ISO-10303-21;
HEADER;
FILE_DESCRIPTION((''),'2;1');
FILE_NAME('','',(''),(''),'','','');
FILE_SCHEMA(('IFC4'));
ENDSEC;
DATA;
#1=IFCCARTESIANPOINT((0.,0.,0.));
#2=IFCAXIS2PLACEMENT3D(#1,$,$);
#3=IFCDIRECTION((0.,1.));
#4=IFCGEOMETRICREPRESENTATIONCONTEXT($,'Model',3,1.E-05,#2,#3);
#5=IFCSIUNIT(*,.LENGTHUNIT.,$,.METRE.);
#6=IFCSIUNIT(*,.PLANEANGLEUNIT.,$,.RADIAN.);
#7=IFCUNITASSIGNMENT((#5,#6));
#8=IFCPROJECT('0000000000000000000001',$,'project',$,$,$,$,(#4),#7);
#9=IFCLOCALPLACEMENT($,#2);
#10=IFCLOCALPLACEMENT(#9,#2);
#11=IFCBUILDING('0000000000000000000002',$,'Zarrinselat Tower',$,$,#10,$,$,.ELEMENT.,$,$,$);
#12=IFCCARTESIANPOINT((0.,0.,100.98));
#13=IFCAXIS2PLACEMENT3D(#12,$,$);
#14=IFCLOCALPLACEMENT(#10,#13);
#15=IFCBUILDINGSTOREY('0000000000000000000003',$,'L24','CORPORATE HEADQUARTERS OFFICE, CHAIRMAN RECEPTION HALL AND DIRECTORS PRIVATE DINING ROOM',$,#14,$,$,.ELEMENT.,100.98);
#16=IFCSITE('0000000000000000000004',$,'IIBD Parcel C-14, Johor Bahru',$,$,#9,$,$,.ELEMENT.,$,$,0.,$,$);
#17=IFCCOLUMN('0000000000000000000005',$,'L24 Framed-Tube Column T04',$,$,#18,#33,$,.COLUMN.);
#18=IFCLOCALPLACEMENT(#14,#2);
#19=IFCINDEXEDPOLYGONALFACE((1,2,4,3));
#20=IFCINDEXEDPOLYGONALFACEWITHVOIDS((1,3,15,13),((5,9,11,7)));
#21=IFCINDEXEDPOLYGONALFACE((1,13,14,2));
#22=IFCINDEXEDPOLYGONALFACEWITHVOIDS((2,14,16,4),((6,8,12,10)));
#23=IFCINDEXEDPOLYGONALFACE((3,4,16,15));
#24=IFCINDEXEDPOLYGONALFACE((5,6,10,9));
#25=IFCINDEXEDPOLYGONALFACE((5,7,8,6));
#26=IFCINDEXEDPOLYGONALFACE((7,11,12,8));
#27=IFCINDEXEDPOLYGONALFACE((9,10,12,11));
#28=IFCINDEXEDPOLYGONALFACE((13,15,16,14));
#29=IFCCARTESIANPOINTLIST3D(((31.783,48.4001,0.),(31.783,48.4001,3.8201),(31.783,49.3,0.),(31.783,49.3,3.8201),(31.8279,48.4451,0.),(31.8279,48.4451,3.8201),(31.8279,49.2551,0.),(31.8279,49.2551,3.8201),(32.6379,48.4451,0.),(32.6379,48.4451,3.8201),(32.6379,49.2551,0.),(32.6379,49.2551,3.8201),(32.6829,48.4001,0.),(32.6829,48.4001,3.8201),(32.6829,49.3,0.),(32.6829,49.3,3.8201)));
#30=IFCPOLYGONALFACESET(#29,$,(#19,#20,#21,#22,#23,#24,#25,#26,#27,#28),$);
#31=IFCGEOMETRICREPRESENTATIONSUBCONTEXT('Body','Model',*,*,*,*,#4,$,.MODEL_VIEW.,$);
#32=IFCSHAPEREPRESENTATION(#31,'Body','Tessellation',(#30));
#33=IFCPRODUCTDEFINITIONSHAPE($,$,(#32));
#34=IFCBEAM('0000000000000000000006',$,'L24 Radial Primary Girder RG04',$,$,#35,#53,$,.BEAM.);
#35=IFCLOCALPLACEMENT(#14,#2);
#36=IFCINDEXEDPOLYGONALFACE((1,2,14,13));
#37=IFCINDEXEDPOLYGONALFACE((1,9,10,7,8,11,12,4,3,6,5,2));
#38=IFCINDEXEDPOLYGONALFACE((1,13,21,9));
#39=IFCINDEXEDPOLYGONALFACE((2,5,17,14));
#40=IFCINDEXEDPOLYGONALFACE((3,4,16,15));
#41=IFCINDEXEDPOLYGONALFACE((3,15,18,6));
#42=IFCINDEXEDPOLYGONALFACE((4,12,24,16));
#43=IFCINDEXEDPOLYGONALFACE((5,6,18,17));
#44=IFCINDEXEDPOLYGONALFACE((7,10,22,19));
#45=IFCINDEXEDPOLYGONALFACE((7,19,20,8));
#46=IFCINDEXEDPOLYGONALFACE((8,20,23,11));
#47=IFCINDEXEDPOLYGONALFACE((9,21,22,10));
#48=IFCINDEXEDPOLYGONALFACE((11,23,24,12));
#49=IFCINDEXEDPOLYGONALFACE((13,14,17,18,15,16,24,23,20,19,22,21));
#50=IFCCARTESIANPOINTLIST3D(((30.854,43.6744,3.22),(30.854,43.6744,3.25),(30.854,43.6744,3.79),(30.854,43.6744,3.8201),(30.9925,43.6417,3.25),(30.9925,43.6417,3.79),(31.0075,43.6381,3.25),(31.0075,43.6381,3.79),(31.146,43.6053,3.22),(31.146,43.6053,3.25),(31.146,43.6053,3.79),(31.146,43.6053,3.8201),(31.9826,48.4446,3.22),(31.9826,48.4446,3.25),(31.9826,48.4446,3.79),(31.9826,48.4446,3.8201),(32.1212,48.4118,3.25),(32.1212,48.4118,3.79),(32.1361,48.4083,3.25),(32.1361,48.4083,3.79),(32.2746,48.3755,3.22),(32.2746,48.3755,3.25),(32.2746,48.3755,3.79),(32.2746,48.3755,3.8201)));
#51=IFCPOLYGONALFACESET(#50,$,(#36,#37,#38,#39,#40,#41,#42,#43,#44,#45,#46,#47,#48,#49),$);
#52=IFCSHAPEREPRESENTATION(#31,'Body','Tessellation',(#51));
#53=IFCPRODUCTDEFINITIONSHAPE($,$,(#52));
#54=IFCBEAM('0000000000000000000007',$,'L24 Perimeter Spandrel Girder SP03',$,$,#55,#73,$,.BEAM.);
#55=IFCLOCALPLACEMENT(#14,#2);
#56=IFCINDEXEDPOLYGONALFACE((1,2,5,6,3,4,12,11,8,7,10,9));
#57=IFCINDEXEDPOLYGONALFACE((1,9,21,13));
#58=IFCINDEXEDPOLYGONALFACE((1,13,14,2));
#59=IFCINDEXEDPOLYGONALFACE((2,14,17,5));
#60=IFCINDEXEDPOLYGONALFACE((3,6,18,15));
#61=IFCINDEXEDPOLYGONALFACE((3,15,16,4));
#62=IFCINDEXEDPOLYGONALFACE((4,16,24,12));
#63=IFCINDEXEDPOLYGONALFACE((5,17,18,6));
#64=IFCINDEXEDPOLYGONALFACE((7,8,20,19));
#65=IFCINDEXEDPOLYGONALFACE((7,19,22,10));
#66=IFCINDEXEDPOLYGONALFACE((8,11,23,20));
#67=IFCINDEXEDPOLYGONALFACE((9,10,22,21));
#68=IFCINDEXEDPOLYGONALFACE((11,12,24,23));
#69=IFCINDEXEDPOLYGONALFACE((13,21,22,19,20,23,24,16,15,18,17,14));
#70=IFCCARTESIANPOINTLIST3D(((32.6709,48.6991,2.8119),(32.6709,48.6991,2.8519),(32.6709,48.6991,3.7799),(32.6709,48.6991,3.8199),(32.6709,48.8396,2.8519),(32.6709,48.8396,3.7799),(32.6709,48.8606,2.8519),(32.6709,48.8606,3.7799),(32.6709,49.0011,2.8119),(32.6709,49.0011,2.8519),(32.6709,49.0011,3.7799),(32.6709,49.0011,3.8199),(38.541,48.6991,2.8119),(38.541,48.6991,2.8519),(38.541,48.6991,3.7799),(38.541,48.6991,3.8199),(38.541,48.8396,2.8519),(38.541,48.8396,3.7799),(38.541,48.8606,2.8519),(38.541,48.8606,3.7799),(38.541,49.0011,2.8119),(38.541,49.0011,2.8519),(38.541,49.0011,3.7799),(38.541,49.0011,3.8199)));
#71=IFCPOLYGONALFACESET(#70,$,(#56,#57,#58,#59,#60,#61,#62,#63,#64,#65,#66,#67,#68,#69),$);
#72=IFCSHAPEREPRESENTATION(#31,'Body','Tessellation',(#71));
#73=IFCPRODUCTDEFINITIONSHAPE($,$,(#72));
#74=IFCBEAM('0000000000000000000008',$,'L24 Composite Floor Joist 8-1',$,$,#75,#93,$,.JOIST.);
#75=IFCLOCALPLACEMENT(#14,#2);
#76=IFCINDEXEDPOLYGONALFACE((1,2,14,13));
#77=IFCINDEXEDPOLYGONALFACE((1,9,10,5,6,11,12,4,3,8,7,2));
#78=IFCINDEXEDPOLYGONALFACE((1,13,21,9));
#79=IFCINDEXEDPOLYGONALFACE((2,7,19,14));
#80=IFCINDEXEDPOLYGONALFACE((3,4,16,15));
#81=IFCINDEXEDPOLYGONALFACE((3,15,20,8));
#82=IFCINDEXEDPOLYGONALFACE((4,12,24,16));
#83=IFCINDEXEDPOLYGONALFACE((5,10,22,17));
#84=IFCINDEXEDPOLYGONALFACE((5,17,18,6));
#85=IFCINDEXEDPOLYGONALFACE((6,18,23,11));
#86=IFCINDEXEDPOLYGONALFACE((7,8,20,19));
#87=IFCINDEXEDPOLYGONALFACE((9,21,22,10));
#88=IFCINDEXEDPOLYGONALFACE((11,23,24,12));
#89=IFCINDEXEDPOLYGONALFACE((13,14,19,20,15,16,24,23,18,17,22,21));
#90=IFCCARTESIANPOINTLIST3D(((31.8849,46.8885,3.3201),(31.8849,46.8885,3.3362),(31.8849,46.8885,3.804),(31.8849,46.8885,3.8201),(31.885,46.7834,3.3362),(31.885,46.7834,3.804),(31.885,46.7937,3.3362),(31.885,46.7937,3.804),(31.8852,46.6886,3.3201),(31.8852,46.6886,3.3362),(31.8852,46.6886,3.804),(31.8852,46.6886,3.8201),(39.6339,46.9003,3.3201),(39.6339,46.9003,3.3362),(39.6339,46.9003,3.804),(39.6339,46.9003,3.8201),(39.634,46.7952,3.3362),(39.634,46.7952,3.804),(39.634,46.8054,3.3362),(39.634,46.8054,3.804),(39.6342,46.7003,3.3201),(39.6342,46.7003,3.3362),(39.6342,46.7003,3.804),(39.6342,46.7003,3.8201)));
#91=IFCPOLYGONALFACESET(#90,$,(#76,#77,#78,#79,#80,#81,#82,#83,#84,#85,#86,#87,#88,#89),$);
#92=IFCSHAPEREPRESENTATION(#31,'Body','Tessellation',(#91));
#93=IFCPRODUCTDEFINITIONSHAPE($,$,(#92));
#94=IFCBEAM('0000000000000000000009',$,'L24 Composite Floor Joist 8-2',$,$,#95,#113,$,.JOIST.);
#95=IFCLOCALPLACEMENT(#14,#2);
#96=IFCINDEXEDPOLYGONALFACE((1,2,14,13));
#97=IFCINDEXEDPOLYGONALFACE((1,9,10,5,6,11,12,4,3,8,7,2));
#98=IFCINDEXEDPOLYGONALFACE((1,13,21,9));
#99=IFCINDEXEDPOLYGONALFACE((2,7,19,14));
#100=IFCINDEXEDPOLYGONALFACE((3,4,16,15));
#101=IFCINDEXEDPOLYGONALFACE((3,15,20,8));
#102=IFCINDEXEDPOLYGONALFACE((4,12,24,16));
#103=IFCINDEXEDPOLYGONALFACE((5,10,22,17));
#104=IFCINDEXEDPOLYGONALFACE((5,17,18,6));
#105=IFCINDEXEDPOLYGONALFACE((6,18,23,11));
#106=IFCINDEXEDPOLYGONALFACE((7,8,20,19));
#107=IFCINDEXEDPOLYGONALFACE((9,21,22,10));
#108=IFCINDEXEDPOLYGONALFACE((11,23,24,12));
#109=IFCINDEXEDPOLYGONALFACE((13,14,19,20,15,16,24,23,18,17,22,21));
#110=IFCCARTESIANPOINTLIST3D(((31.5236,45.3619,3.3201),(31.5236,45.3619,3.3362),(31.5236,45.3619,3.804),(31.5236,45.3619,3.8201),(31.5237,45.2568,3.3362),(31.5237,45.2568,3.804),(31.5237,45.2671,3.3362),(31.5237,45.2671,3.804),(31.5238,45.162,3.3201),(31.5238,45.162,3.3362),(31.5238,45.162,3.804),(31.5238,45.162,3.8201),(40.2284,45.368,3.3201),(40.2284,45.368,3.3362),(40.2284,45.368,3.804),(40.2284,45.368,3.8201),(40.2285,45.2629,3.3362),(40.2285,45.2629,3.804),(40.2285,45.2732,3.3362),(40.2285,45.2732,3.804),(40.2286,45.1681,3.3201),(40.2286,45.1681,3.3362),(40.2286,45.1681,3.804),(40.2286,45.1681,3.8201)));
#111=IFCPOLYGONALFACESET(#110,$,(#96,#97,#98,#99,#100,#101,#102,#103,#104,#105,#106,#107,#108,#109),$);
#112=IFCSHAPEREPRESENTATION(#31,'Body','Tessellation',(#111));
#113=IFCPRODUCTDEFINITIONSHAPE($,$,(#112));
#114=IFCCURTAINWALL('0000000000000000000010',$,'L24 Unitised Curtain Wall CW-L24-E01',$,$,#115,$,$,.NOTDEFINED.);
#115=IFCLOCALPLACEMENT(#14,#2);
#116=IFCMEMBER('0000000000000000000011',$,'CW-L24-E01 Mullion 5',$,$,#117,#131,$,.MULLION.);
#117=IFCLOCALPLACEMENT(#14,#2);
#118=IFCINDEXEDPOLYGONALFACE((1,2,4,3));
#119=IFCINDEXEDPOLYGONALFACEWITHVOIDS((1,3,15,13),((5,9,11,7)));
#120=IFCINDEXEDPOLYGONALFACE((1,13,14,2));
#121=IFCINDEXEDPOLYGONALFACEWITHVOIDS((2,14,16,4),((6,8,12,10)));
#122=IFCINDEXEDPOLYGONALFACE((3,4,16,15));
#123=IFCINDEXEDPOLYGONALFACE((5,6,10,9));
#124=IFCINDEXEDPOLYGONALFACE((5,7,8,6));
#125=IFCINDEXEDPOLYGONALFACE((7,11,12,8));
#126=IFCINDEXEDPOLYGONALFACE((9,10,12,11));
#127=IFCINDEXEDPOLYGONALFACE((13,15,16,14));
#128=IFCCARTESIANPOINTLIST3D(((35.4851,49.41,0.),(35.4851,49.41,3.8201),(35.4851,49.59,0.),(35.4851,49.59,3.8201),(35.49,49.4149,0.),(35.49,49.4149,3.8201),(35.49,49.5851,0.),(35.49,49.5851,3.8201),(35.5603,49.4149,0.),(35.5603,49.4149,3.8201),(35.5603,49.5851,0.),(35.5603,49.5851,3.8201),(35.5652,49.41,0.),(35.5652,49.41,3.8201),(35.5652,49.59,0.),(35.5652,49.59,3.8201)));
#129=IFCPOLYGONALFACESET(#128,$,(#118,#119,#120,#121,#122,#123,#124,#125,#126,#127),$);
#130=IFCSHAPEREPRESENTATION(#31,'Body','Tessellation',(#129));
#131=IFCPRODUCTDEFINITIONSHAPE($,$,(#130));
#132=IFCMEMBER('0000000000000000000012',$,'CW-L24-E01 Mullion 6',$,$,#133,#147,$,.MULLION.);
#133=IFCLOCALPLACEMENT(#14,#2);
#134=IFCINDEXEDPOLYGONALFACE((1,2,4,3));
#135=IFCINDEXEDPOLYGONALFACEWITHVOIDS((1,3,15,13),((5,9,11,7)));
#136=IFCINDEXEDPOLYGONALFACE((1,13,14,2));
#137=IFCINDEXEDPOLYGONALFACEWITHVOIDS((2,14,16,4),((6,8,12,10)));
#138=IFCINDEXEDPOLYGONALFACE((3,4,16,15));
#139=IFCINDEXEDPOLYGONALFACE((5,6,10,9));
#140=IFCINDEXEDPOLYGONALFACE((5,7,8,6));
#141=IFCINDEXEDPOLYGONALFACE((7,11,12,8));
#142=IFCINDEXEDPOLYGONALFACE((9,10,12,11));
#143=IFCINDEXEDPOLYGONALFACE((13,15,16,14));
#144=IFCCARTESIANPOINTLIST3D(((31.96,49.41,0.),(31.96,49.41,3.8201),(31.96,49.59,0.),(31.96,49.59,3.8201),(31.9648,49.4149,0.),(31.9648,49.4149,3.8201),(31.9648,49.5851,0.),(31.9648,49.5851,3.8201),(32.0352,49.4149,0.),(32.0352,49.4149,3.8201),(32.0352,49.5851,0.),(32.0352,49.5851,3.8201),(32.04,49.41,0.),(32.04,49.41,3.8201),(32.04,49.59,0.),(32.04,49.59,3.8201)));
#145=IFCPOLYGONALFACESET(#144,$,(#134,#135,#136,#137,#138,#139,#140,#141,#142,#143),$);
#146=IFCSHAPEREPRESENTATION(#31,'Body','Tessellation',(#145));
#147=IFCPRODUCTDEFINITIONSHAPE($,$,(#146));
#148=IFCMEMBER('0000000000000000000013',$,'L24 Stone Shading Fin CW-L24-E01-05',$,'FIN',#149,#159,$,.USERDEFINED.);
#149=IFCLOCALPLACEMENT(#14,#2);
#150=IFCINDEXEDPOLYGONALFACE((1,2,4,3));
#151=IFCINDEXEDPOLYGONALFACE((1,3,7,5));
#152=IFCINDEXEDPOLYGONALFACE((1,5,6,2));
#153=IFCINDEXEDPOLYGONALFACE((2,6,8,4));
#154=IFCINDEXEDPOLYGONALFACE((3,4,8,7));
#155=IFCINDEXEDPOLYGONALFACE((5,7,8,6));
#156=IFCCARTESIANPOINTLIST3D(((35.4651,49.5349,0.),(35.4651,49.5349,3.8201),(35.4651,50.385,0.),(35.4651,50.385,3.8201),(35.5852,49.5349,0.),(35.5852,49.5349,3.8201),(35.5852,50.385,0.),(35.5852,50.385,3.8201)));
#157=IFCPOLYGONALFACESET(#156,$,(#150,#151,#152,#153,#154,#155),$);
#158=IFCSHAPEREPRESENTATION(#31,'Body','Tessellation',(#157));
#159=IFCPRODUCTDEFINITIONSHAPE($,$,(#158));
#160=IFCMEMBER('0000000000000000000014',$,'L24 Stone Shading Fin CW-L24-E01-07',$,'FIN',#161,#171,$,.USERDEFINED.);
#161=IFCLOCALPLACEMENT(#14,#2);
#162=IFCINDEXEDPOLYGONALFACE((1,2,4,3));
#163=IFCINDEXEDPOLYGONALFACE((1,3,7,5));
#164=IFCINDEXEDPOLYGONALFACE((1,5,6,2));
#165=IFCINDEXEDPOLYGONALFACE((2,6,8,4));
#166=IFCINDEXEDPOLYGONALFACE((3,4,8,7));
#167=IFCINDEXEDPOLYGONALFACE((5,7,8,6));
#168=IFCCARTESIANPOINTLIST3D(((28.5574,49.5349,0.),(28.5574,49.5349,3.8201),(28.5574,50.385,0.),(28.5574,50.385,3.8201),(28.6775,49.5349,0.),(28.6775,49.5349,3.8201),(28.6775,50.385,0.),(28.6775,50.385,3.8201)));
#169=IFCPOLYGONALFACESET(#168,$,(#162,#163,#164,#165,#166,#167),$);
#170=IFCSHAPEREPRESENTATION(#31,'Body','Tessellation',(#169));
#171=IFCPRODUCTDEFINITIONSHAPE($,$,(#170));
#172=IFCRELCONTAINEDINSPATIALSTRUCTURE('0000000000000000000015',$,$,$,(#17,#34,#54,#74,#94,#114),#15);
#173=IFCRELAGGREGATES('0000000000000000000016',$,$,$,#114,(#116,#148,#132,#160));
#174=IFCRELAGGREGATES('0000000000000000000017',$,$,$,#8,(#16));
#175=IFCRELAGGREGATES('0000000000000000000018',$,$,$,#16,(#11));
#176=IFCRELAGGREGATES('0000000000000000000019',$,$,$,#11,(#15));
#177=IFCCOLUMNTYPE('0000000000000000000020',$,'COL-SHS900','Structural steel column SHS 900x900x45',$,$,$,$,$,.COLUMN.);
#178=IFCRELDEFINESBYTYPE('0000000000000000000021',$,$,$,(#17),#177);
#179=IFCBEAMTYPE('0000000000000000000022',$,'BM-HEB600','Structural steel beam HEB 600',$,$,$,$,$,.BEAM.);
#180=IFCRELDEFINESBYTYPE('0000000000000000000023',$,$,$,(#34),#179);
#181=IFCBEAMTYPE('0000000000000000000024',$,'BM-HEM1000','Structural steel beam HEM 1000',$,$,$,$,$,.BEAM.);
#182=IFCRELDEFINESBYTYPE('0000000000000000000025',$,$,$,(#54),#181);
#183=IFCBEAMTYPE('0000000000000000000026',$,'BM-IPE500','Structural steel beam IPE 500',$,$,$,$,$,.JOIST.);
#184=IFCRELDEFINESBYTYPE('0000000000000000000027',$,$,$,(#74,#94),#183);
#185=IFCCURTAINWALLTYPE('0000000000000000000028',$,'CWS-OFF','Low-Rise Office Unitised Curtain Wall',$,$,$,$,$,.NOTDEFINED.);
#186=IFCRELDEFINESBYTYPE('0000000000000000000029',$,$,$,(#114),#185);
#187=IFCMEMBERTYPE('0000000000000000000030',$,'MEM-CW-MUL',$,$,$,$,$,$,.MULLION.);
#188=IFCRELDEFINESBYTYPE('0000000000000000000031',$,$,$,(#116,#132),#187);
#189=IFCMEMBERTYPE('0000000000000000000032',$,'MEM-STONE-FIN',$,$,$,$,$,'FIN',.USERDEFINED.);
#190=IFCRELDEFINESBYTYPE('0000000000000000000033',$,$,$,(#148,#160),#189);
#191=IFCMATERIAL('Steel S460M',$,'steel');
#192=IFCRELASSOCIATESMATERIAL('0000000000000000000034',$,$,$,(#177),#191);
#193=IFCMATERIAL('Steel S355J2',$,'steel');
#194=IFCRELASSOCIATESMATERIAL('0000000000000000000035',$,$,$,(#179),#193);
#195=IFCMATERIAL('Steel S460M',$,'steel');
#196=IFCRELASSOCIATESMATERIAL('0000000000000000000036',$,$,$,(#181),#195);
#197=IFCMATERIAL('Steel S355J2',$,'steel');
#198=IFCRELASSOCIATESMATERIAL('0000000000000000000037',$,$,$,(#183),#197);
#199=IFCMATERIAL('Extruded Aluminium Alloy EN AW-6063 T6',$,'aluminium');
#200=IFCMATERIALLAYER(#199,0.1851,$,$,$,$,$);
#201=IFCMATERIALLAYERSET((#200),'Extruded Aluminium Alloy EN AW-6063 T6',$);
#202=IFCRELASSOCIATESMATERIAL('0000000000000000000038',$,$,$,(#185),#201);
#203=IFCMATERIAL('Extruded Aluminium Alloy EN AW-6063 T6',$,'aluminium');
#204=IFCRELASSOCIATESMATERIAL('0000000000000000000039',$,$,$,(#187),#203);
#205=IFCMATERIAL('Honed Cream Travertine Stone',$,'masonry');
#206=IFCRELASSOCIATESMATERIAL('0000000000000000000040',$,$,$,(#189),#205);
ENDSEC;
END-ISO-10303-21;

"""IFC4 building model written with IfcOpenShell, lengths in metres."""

from ifc_helpers import new_model, si_unit, direction, frame, origin, origin_2d, place, context, subcontext, project, spatial, rectangle, hollow_rectangle, i_section, extrude, material, layer, layer_set, material_profile, profile_set, type_object, element, aggregate, save


model = new_model("IFC4")

# Units and contexts
model_context = context("Model", 3, precision=1e-05, world=origin(), true_north=direction((0.0, 1.0)))
body_context = subcontext(model_context, "Body", "Model", "MODEL_VIEW")
ifc_project = project(units=[si_unit("LENGTHUNIT", "METRE"), si_unit("PLANEANGLEUNIT", "RADIAN")], contexts=[model_context])

# Site, building, storey
site_placement = place(None, origin())
site = spatial("IfcSite", under=ifc_project, at=site_placement, Name="IIBD Parcel C-14, Johor Bahru", CompositionType="ELEMENT", RefElevation=0.0)
building_placement = place(site_placement, origin())
building = spatial("IfcBuilding", under=site, at=building_placement, Name="Zarrinselat Tower", CompositionType="ELEMENT")
storey_placement = place(building_placement, frame((0.0, 0.0, 100.98)))
storey = spatial("IfcBuildingStorey", under=building, at=storey_placement, Name="L24", Description="CORPORATE HEADQUARTERS OFFICE, CHAIRMAN RECEPTION HALL AND DIRECTORS PRIVATE DINING ROOM", CompositionType="ELEMENT", Elevation=100.98)

# Column
ifc_material_1 = material(Name="Steel S460M", Category="steel")
ifc_material_profile_1 = material_profile(ifc_material_1, hollow_rectangle(XDim=0.8999, YDim=0.8999, WallThickness=0.0449, at=origin_2d()), Name="SHS 900x900x45")
ifc_profile_set_1 = profile_set([ifc_material_profile_1], Name="Steel S460M")
column_type = type_object("IfcColumnType", Name="COL-SHS900", Description="Structural steel column SHS 900x900x45", PredefinedType="COLUMN", material=ifc_profile_set_1)
column_placement = place(storey_placement, frame((32.2329, 48.8501, 0.0), z_axis=(0.0, 0.0, 1.0), x_axis=(1.0, 0.0, 0.0)))
element("IfcColumn", 1, at=column_placement, inside=storey, type_object=column_type, Name="L24 Framed-Tube Column T04", PredefinedType="COLUMN", context=body_context, shape_type="SweptSolid", body=[
    extrude(hollow_rectangle(XDim=0.8999, YDim=0.8999, WallThickness=0.0449, at=origin_2d()), origin(), (0.0, 0.0, 1.0), 3.8201),
])

# Beams
ifc_material_2 = material(Name="Steel S355J2", Category="steel")
ifc_material_profile_2 = material_profile(ifc_material_2, i_section(OverallWidth=0.3, OverallDepth=0.6001, WebThickness=0.0154, FlangeThickness=0.03, at=origin_2d()), Name="HEB 600")
ifc_profile_set_2 = profile_set([ifc_material_profile_2], Name="Steel S355J2")
beam_type_1 = type_object("IfcBeamType", Name="BM-HEB600", Description="Structural steel beam HEB 600", PredefinedType="BEAM", material=ifc_profile_set_2)
beam_1_placement = place(storey_placement, frame((31.0, 43.6399, 3.52), z_axis=(0.230247, 0.973132, 0.0), x_axis=(-0.973132, 0.230247, 0.0)))
element("IfcBeam", 2, at=beam_1_placement, inside=storey, type_object=beam_type_1, Name="L24 Radial Primary Girder RG04", PredefinedType="BEAM", context=body_context, shape_type="SweptSolid", body=[
    extrude(i_section(OverallWidth=0.3, OverallDepth=0.6001, WebThickness=0.0154, FlangeThickness=0.03, at=origin_2d()), origin(), (0.0, 0.0, 1.0), 4.9019),
])
ifc_material_3 = material(Name="Steel S460M", Category="steel")
ifc_material_profile_3 = material_profile(ifc_material_3, i_section(OverallWidth=0.302, OverallDepth=1.0081, WebThickness=0.021, FlangeThickness=0.04, at=origin_2d()), Name="HEM 1000")
ifc_profile_set_3 = profile_set([ifc_material_profile_3], Name="Steel S460M")
beam_type_2 = type_object("IfcBeamType", Name="BM-HEM1000", Description="Structural steel beam HEM 1000", PredefinedType="BEAM", material=ifc_profile_set_3)
beam_2_placement = place(storey_placement, frame((32.6709, 48.8501, 3.3159), z_axis=(1.0, 0.0, 0.0), x_axis=(0.0, 1.0, 0.0)))
element("IfcBeam", 3, at=beam_2_placement, inside=storey, type_object=beam_type_2, Name="L24 Perimeter Spandrel Girder SP03", PredefinedType="BEAM", context=body_context, shape_type="SweptSolid", body=[
    extrude(i_section(OverallWidth=0.302, OverallDepth=1.0081, WebThickness=0.021, FlangeThickness=0.04, at=origin_2d()), origin(), (0.0, 0.0, 1.0), 5.8701),
])
ifc_material_4 = material(Name="Steel S355J2", Category="steel")
ifc_material_profile_4 = material_profile(ifc_material_4, i_section(OverallWidth=0.2, OverallDepth=0.5, WebThickness=0.0103, FlangeThickness=0.0161, at=origin_2d()), Name="IPE 500")
ifc_profile_set_4 = profile_set([ifc_material_profile_4], Name="Steel S355J2")
beam_type_3 = type_object("IfcBeamType", Name="BM-IPE500", Description="Structural steel beam IPE 500", PredefinedType="JOIST", material=ifc_profile_set_4)
beam_3_placement = place(storey_placement, frame((31.885, 46.7886, 3.5701), z_axis=(0.999999, 0.001512, 0.0), x_axis=(-0.001512, 0.999999, 0.0)))
element("IfcBeam", 4, at=beam_3_placement, inside=storey, type_object=beam_type_3, Name="L24 Composite Floor Joist 8-1", PredefinedType="JOIST", context=body_context, shape_type="SweptSolid", body=[
    extrude(i_section(OverallWidth=0.2, OverallDepth=0.5, WebThickness=0.0103, FlangeThickness=0.0161, at=origin_2d()), origin(), (0.0, 0.0, 1.0), 7.749),
])
beam_4_placement = place(storey_placement, frame((31.5237, 45.262, 3.5701), z_axis=(1.0, 0.000701, 0.0), x_axis=(-0.000701, 1.0, 0.0)))
element("IfcBeam", 5, at=beam_4_placement, inside=storey, type_object=beam_type_3, Name="L24 Composite Floor Joist 8-2", PredefinedType="JOIST", context=body_context, shape_type="SweptSolid", body=[
    extrude(i_section(OverallWidth=0.2, OverallDepth=0.5, WebThickness=0.0103, FlangeThickness=0.0161, at=origin_2d()), origin(), (0.0, 0.0, 1.0), 8.7048),
])

# Curtain wall, members
ifc_material_5 = material(Name="Extruded Aluminium Alloy EN AW-6063 T6", Category="aluminium")
ifc_layer_1 = layer(ifc_material_5, 0.1851)
ifc_layer_set_1 = layer_set([ifc_layer_1], Name="Extruded Aluminium Alloy EN AW-6063 T6")
curtain_wall_type = type_object("IfcCurtainWallType", Name="CWS-OFF", Description="Low-Rise Office Unitised Curtain Wall", PredefinedType="NOTDEFINED", material=ifc_layer_set_1)
curtain_wall_placement = place(storey_placement, origin())
curtain_wall = element("IfcCurtainWall", 6, at=curtain_wall_placement, inside=storey, type_object=curtain_wall_type, Name="L24 Unitised Curtain Wall CW-L24-E01", PredefinedType="NOTDEFINED")
ifc_material_6 = material(Name="Extruded Aluminium Alloy EN AW-6063 T6", Category="aluminium")
ifc_material_profile_5 = material_profile(ifc_material_6, hollow_rectangle(XDim=0.0801, YDim=0.1799, WallThickness=0.0049, at=origin_2d()), Name="RHS 180x80x5")
ifc_profile_set_5 = profile_set([ifc_material_profile_5], Name="Extruded Aluminium Alloy EN AW-6063 T6")
member_type_1 = type_object("IfcMemberType", Name="MEM-CW-MUL", PredefinedType="MULLION", material=ifc_profile_set_5)
member_1_placement = place(storey_placement, frame((35.5251, 49.5, 0.0), z_axis=(0.0, 0.0, 1.0), x_axis=(-1.0, 0.0, 0.0)))
member_1 = element("IfcMember", 7, at=member_1_placement, type_object=member_type_1, Name="CW-L24-E01 Mullion 5", PredefinedType="MULLION", context=body_context, shape_type="SweptSolid", body=[
    extrude(hollow_rectangle(XDim=0.0801, YDim=0.1799, WallThickness=0.0049, at=origin_2d()), origin(), (0.0, 0.0, 1.0), 3.8201),
])
member_2_placement = place(storey_placement, frame((32.0, 49.5, 0.0), z_axis=(0.0, 0.0, 1.0), x_axis=(-1.0, 0.0, 0.0)))
member_2 = element("IfcMember", 8, at=member_2_placement, type_object=member_type_1, Name="CW-L24-E01 Mullion 6", PredefinedType="MULLION", context=body_context, shape_type="SweptSolid", body=[
    extrude(hollow_rectangle(XDim=0.0801, YDim=0.1799, WallThickness=0.0049, at=origin_2d()), origin(), (0.0, 0.0, 1.0), 3.8201),
])
ifc_material_7 = material(Name="Honed Cream Travertine Stone", Category="masonry")
ifc_material_profile_6 = material_profile(ifc_material_7, rectangle(XDim=0.1201, YDim=0.8501, at=origin_2d()), Name="FIN 850x120")
ifc_profile_set_6 = profile_set([ifc_material_profile_6], Name="Honed Cream Travertine Stone")
member_type_2 = type_object("IfcMemberType", Name="MEM-STONE-FIN", ElementType="FIN", PredefinedType="USERDEFINED", material=ifc_profile_set_6)
member_3_placement = place(storey_placement, frame((35.5251, 49.96, 0.0), z_axis=(0.0, 0.0, 1.0), x_axis=(1.0, 0.0, 0.0)))
member_3 = element("IfcMember", 9, at=member_3_placement, type_object=member_type_2, Name="L24 Stone Shading Fin CW-L24-E01-05", ObjectType="FIN", PredefinedType="USERDEFINED", context=body_context, shape_type="SweptSolid", body=[
    extrude(rectangle(XDim=0.1201, YDim=0.8501, at=origin_2d()), origin(), (0.0, 0.0, 1.0), 3.8201),
])
member_4_placement = place(storey_placement, frame((28.6174, 49.96, 0.0), z_axis=(0.0, 0.0, 1.0), x_axis=(1.0, 0.0, 0.0)))
member_4 = element("IfcMember", 10, at=member_4_placement, type_object=member_type_2, Name="L24 Stone Shading Fin CW-L24-E01-07", ObjectType="FIN", PredefinedType="USERDEFINED", context=body_context, shape_type="SweptSolid", body=[
    extrude(rectangle(XDim=0.1201, YDim=0.8501, at=origin_2d()), origin(), (0.0, 0.0, 1.0), 3.8201),
])
aggregate(curtain_wall, [member_1, member_3, member_2, member_4])

save(model, "model.ifc")
